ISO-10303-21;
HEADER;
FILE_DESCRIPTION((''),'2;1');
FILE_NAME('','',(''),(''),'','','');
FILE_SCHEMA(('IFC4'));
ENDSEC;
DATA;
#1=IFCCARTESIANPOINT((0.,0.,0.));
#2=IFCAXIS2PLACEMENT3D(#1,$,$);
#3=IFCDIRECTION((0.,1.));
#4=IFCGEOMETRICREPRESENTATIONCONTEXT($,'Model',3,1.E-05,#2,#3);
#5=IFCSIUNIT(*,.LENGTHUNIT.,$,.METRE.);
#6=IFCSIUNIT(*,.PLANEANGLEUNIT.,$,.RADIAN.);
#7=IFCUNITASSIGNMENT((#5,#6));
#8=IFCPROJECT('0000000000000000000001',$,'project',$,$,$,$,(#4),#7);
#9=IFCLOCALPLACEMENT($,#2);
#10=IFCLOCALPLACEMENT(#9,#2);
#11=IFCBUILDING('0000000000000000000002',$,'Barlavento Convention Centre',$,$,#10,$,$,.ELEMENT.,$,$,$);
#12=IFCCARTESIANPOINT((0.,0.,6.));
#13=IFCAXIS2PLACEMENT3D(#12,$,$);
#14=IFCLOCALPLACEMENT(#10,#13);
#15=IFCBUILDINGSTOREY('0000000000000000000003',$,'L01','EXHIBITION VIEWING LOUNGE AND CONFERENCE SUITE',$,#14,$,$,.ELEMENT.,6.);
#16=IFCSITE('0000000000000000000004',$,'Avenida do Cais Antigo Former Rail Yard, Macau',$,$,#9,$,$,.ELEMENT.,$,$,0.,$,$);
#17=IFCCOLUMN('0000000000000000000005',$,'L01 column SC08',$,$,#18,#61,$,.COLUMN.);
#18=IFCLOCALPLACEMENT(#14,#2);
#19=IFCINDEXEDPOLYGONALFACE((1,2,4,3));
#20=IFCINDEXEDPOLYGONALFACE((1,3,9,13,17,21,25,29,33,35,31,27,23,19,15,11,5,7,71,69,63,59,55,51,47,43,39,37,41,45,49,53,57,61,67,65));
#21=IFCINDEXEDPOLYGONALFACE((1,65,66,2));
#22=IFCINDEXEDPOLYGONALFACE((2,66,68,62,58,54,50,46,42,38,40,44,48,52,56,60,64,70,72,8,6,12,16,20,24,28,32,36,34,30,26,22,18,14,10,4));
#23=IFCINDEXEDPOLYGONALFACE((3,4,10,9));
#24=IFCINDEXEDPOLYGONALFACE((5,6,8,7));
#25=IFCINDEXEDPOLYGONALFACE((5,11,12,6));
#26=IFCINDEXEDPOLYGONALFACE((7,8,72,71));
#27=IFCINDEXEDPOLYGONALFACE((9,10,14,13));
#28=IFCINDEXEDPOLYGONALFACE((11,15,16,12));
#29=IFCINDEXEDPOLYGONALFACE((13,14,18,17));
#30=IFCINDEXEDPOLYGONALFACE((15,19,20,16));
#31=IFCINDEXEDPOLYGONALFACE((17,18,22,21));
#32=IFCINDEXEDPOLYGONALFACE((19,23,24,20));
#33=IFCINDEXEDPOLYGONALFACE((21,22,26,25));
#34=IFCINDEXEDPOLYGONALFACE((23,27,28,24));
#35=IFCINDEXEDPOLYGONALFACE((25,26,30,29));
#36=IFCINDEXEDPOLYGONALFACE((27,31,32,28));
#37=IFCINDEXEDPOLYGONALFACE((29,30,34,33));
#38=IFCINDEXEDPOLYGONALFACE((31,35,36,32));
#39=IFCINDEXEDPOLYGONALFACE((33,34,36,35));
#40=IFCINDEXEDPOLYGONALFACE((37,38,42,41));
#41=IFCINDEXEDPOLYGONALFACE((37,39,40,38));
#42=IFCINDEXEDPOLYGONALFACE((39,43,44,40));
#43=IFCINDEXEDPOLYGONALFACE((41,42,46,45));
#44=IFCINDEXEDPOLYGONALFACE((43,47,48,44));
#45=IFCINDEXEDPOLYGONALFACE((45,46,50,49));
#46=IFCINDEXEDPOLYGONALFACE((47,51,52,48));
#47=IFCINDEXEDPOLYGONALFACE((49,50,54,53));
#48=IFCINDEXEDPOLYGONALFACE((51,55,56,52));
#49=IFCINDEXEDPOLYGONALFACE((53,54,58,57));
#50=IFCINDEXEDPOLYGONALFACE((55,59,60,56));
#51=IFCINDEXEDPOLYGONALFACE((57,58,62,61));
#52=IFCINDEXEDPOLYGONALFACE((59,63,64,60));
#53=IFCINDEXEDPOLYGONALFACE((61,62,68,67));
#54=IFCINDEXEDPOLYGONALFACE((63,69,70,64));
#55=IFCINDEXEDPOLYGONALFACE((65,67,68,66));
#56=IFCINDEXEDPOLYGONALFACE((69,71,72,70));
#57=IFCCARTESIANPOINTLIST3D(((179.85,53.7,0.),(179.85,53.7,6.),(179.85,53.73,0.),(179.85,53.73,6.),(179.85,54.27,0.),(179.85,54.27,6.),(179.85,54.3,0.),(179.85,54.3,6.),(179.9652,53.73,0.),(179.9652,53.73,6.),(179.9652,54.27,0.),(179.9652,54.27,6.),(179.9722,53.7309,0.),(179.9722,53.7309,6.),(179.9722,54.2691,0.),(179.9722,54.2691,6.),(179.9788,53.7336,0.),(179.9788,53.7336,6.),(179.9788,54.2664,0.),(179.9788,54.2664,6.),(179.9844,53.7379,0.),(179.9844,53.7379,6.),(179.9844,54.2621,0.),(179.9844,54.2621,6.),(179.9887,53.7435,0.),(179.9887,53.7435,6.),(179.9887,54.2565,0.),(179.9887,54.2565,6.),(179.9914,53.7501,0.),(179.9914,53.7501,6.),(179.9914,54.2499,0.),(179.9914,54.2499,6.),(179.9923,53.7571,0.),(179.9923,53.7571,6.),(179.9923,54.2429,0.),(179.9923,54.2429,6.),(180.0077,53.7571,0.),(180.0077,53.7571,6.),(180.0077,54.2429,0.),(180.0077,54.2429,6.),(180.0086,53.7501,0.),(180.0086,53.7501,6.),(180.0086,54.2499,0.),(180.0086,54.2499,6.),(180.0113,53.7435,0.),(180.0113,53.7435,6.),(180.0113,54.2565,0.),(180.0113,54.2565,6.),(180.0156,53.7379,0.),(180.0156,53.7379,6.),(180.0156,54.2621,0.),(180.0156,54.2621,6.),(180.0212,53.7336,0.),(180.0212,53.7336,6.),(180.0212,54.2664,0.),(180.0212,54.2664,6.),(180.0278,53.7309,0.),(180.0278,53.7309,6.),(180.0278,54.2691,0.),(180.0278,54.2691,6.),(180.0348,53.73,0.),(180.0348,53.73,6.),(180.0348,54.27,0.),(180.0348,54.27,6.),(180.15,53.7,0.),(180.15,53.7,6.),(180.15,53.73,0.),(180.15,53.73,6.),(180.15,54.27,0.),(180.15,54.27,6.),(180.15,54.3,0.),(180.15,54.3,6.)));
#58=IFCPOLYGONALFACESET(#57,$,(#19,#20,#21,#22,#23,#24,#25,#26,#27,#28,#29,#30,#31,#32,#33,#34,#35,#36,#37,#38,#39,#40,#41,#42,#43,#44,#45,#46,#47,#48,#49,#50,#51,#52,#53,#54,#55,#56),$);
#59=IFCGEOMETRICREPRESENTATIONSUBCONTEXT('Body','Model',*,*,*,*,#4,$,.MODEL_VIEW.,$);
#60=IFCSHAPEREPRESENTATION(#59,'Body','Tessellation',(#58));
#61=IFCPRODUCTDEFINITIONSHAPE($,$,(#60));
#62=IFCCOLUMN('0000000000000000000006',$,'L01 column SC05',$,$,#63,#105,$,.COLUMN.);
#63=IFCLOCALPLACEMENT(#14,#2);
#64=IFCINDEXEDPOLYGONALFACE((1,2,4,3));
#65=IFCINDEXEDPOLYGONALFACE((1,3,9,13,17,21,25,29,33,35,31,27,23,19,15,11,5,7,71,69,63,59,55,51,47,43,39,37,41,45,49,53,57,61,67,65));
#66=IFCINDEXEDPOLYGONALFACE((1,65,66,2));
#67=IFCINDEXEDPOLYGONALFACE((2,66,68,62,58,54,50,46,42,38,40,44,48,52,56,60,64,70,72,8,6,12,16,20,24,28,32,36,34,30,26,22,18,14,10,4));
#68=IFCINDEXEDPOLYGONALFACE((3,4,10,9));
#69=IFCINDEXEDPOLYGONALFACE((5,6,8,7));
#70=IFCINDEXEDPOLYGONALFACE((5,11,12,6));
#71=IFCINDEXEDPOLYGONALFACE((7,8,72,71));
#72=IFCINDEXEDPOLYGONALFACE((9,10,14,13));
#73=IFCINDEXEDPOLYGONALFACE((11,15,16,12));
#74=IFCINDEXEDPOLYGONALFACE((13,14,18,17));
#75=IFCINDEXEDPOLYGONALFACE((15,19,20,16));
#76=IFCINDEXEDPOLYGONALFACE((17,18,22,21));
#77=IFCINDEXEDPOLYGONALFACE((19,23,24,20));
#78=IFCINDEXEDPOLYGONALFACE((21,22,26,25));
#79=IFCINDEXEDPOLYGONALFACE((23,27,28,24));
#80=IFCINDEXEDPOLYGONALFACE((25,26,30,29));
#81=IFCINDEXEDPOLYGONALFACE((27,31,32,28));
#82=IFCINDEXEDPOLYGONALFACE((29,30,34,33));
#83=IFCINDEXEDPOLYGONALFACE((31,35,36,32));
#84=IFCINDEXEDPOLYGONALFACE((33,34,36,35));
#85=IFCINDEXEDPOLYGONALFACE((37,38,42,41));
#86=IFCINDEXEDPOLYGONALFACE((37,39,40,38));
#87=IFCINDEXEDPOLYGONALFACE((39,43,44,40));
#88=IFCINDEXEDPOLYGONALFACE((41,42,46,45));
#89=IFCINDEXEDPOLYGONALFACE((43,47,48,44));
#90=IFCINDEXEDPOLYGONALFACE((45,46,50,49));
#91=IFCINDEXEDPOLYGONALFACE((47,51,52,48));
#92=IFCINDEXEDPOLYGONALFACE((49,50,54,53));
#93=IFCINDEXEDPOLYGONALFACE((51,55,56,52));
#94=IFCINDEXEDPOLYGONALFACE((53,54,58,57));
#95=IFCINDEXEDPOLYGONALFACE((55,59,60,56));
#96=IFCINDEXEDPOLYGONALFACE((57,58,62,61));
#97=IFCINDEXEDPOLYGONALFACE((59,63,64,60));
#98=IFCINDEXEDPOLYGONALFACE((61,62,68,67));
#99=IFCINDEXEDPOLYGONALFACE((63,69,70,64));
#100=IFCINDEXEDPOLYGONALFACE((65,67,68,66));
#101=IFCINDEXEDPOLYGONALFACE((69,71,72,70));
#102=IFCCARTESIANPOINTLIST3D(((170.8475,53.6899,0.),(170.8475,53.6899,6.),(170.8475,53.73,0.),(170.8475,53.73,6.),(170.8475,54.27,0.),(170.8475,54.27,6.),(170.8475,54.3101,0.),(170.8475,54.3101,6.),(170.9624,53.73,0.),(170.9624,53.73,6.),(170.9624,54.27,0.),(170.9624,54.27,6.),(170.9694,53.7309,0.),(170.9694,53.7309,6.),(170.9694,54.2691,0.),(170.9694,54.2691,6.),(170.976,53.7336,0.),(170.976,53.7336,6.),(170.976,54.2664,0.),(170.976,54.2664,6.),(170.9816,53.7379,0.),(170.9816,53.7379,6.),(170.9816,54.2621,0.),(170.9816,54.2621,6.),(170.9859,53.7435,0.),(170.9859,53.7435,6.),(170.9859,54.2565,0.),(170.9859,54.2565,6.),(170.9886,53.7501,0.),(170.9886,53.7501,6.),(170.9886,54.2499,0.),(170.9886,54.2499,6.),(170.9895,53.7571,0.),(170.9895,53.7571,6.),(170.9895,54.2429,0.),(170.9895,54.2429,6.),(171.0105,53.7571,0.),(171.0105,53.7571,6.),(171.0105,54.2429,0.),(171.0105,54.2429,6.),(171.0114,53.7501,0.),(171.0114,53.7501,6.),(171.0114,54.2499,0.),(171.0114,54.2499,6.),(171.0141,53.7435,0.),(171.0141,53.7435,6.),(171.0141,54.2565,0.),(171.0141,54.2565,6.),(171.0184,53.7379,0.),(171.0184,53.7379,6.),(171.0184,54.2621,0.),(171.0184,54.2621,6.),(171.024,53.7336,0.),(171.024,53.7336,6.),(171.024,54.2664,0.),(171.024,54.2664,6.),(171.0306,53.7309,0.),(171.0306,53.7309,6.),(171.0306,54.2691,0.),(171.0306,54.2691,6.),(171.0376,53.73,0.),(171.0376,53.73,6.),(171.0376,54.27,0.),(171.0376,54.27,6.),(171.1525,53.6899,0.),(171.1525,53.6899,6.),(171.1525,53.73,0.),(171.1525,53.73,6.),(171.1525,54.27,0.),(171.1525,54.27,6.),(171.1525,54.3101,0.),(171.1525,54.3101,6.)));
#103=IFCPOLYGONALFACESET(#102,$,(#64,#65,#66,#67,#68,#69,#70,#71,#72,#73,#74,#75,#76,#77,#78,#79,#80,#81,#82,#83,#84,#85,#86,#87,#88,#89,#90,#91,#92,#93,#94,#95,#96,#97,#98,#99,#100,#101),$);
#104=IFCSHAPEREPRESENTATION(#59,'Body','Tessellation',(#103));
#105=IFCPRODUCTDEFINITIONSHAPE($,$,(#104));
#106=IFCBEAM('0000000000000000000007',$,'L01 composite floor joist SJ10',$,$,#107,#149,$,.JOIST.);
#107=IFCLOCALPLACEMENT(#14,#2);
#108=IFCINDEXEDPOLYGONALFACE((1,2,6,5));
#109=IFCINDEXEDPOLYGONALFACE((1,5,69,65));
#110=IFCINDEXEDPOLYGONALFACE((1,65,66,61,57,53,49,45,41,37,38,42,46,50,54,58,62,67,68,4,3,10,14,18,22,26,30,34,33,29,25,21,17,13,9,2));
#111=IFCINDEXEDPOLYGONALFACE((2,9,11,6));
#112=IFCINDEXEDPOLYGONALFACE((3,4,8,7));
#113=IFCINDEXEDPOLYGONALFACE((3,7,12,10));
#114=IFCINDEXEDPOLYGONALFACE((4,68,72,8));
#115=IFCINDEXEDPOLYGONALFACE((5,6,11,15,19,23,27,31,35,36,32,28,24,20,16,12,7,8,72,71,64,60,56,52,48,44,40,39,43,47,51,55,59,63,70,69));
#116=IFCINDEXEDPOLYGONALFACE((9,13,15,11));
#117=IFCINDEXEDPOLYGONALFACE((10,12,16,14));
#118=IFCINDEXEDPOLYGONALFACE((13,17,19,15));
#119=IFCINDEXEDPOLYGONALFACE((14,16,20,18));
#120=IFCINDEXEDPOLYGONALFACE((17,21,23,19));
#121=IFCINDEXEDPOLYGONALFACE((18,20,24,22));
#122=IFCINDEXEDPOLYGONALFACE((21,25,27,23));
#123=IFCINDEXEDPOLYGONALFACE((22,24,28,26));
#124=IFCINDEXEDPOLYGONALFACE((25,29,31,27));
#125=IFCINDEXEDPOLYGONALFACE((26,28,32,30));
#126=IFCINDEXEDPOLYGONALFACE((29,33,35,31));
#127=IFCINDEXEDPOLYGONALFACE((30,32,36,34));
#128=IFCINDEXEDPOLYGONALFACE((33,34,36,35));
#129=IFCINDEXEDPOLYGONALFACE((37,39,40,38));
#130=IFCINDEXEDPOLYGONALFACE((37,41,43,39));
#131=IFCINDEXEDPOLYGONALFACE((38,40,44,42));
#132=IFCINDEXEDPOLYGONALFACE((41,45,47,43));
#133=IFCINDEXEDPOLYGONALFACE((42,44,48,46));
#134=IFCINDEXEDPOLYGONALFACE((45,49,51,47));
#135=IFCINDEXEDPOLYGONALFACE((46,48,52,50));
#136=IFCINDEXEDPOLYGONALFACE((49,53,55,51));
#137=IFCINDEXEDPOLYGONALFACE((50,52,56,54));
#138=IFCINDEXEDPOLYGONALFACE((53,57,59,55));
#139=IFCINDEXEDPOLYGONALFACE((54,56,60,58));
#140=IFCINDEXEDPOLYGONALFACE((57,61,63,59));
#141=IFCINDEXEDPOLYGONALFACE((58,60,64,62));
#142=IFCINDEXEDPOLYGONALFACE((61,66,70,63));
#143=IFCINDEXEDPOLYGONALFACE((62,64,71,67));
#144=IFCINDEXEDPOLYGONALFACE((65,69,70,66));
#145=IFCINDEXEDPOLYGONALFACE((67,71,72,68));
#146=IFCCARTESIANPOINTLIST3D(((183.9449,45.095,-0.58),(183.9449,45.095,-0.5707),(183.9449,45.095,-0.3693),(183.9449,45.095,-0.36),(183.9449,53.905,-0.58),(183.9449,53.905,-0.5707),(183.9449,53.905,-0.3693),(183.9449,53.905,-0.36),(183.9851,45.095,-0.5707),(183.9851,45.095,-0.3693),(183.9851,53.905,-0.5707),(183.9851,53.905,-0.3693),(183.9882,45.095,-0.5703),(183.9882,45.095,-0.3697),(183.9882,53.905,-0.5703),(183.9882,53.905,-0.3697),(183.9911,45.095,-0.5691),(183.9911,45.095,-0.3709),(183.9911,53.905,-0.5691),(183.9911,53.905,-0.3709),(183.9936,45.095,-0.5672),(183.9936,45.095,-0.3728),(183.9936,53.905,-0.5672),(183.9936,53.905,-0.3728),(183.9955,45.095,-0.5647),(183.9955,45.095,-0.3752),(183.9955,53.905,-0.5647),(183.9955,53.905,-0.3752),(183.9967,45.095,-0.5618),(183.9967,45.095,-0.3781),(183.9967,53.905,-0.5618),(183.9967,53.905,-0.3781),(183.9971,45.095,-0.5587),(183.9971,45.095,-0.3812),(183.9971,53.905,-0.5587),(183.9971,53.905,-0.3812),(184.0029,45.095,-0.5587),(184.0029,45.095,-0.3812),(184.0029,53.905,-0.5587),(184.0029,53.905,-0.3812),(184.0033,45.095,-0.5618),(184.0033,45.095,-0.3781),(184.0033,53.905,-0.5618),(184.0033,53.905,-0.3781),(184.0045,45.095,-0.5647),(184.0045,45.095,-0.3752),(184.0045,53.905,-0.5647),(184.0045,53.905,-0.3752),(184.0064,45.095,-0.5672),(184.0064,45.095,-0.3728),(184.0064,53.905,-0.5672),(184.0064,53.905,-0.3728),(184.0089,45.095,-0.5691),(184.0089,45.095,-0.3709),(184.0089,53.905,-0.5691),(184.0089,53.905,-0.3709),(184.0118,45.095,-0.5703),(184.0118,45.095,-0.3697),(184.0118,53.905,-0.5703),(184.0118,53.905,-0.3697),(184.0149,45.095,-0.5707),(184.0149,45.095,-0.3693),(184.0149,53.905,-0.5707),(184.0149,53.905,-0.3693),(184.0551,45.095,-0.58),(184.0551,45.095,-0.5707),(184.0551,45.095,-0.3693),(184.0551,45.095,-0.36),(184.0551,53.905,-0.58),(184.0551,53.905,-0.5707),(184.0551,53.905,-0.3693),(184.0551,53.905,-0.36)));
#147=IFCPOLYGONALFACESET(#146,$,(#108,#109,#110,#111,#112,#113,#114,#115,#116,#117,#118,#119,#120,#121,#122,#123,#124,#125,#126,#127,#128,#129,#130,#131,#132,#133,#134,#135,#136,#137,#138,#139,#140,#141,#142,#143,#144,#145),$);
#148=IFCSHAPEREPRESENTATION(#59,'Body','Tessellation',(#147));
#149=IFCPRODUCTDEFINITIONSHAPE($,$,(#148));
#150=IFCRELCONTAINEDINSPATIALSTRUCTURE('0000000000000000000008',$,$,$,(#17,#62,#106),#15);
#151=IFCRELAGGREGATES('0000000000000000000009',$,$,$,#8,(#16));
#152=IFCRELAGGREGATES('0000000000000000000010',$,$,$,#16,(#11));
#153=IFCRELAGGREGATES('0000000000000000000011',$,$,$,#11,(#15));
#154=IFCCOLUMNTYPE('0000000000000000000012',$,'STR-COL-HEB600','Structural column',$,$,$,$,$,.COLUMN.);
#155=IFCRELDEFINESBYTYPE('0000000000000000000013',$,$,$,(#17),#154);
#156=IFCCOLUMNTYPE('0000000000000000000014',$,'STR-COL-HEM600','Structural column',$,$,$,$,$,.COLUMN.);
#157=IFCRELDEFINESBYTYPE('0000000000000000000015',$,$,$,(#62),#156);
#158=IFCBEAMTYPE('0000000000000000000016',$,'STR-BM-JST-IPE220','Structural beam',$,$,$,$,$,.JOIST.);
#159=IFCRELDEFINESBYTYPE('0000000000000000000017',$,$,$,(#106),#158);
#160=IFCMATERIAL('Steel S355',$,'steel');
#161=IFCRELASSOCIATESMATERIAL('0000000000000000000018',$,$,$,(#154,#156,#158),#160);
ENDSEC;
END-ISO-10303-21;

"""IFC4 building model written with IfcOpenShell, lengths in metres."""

from ifc_helpers import new_model, si_unit, direction, frame, origin, origin_2d, place, context, subcontext, project, spatial, i_section, extrude, material, material_profile, profile_set, type_object, element, save


model = new_model("IFC4")

# Units and contexts
model_context = context("Model", 3, precision=1e-05, world=origin(), true_north=direction((0.0, 1.0)))
body_context = subcontext(model_context, "Body", "Model", "MODEL_VIEW")
ifc_project = project(units=[si_unit("LENGTHUNIT", "METRE"), si_unit("PLANEANGLEUNIT", "RADIAN")], contexts=[model_context])

# Site, building, storey
site_placement = place(None, origin())
site = spatial("IfcSite", under=ifc_project, at=site_placement, Name="Avenida do Cais Antigo Former Rail Yard, Macau", CompositionType="ELEMENT", RefElevation=0.0)
building_placement = place(site_placement, origin())
building = spatial("IfcBuilding", under=site, at=building_placement, Name="Barlavento Convention Centre", CompositionType="ELEMENT")
storey_placement = place(building_placement, frame((0.0, 0.0, 6.0)))
storey = spatial("IfcBuildingStorey", under=building, at=storey_placement, Name="L01", Description="EXHIBITION VIEWING LOUNGE AND CONFERENCE SUITE", CompositionType="ELEMENT", Elevation=6.0)

# Columns
ifc_material_1 = material(Name="Steel S355", Category="steel")
ifc_material_profile_1 = material_profile(ifc_material_1, i_section(OverallWidth=0.3, OverallDepth=0.6001, WebThickness=0.0154, FlangeThickness=0.03, FilletRadius=0.0271, at=origin_2d()), Name="HEB 600")
ifc_profile_set_1 = profile_set([ifc_material_profile_1], Name="Steel S355")
column_type_1 = type_object("IfcColumnType", Name="STR-COL-HEB600", Description="Structural column", PredefinedType="COLUMN", material=ifc_profile_set_1)
column_1_placement = place(storey_placement, frame((180.0, 54.0, 0.0), z_axis=(0.0, 0.0, 1.0), x_axis=(1.0, 0.0, 0.0)))
element("IfcColumn", 1, at=column_1_placement, inside=storey, type_object=column_type_1, Name="L01 column SC08", PredefinedType="COLUMN", context=body_context, shape_type="SweptSolid", body=[
    extrude(i_section(OverallWidth=0.3, OverallDepth=0.6001, WebThickness=0.0154, FlangeThickness=0.03, FilletRadius=0.0271, at=origin_2d()), origin(), (0.0, 0.0, 1.0), 6.0),
])
ifc_material_profile_2 = material_profile(ifc_material_1, i_section(OverallWidth=0.3049, OverallDepth=0.6201, WebThickness=0.021, FlangeThickness=0.04, FilletRadius=0.0271, at=origin_2d()), Name="HEM 600")
ifc_profile_set_2 = profile_set([ifc_material_profile_2], Name="Steel S355")
column_type_2 = type_object("IfcColumnType", Name="STR-COL-HEM600", Description="Structural column", PredefinedType="COLUMN", material=ifc_profile_set_2)
column_2_placement = place(storey_placement, frame((171.0, 54.0, 0.0), z_axis=(0.0, 0.0, 1.0), x_axis=(1.0, 0.0, 0.0)))
element("IfcColumn", 2, at=column_2_placement, inside=storey, type_object=column_type_2, Name="L01 column SC05", PredefinedType="COLUMN", context=body_context, shape_type="SweptSolid", body=[
    extrude(i_section(OverallWidth=0.3049, OverallDepth=0.6201, WebThickness=0.021, FlangeThickness=0.04, FilletRadius=0.0271, at=origin_2d()), origin(), (0.0, 0.0, 1.0), 6.0),
])

# Beam
ifc_material_profile_3 = material_profile(ifc_material_1, i_section(OverallWidth=0.1101, OverallDepth=0.22, WebThickness=0.0059, FlangeThickness=0.0093, FilletRadius=0.012, at=origin_2d()), Name="IPE 220")
ifc_profile_set_3 = profile_set([ifc_material_profile_3], Name="Steel S355")
beam_type_1 = type_object("IfcBeamType", Name="STR-BM-JST-IPE220", Description="Structural beam", PredefinedType="JOIST", material=ifc_profile_set_3)
beam_1_placement = place(storey_placement, frame((184.0, 45.095, -0.47), z_axis=(0.0, 1.0, 0.0), x_axis=(-1.0, 0.0, 0.0)))
element("IfcBeam", 3, at=beam_1_placement, inside=storey, type_object=beam_type_1, Name="L01 composite floor joist SJ10", PredefinedType="JOIST", context=body_context, shape_type="SweptSolid", body=[
    extrude(i_section(OverallWidth=0.1101, OverallDepth=0.22, WebThickness=0.0059, FlangeThickness=0.0093, FilletRadius=0.012, at=origin_2d()), origin(), (0.0, 0.0, 1.0), 8.8101),
])

save(model, "model.ifc")
